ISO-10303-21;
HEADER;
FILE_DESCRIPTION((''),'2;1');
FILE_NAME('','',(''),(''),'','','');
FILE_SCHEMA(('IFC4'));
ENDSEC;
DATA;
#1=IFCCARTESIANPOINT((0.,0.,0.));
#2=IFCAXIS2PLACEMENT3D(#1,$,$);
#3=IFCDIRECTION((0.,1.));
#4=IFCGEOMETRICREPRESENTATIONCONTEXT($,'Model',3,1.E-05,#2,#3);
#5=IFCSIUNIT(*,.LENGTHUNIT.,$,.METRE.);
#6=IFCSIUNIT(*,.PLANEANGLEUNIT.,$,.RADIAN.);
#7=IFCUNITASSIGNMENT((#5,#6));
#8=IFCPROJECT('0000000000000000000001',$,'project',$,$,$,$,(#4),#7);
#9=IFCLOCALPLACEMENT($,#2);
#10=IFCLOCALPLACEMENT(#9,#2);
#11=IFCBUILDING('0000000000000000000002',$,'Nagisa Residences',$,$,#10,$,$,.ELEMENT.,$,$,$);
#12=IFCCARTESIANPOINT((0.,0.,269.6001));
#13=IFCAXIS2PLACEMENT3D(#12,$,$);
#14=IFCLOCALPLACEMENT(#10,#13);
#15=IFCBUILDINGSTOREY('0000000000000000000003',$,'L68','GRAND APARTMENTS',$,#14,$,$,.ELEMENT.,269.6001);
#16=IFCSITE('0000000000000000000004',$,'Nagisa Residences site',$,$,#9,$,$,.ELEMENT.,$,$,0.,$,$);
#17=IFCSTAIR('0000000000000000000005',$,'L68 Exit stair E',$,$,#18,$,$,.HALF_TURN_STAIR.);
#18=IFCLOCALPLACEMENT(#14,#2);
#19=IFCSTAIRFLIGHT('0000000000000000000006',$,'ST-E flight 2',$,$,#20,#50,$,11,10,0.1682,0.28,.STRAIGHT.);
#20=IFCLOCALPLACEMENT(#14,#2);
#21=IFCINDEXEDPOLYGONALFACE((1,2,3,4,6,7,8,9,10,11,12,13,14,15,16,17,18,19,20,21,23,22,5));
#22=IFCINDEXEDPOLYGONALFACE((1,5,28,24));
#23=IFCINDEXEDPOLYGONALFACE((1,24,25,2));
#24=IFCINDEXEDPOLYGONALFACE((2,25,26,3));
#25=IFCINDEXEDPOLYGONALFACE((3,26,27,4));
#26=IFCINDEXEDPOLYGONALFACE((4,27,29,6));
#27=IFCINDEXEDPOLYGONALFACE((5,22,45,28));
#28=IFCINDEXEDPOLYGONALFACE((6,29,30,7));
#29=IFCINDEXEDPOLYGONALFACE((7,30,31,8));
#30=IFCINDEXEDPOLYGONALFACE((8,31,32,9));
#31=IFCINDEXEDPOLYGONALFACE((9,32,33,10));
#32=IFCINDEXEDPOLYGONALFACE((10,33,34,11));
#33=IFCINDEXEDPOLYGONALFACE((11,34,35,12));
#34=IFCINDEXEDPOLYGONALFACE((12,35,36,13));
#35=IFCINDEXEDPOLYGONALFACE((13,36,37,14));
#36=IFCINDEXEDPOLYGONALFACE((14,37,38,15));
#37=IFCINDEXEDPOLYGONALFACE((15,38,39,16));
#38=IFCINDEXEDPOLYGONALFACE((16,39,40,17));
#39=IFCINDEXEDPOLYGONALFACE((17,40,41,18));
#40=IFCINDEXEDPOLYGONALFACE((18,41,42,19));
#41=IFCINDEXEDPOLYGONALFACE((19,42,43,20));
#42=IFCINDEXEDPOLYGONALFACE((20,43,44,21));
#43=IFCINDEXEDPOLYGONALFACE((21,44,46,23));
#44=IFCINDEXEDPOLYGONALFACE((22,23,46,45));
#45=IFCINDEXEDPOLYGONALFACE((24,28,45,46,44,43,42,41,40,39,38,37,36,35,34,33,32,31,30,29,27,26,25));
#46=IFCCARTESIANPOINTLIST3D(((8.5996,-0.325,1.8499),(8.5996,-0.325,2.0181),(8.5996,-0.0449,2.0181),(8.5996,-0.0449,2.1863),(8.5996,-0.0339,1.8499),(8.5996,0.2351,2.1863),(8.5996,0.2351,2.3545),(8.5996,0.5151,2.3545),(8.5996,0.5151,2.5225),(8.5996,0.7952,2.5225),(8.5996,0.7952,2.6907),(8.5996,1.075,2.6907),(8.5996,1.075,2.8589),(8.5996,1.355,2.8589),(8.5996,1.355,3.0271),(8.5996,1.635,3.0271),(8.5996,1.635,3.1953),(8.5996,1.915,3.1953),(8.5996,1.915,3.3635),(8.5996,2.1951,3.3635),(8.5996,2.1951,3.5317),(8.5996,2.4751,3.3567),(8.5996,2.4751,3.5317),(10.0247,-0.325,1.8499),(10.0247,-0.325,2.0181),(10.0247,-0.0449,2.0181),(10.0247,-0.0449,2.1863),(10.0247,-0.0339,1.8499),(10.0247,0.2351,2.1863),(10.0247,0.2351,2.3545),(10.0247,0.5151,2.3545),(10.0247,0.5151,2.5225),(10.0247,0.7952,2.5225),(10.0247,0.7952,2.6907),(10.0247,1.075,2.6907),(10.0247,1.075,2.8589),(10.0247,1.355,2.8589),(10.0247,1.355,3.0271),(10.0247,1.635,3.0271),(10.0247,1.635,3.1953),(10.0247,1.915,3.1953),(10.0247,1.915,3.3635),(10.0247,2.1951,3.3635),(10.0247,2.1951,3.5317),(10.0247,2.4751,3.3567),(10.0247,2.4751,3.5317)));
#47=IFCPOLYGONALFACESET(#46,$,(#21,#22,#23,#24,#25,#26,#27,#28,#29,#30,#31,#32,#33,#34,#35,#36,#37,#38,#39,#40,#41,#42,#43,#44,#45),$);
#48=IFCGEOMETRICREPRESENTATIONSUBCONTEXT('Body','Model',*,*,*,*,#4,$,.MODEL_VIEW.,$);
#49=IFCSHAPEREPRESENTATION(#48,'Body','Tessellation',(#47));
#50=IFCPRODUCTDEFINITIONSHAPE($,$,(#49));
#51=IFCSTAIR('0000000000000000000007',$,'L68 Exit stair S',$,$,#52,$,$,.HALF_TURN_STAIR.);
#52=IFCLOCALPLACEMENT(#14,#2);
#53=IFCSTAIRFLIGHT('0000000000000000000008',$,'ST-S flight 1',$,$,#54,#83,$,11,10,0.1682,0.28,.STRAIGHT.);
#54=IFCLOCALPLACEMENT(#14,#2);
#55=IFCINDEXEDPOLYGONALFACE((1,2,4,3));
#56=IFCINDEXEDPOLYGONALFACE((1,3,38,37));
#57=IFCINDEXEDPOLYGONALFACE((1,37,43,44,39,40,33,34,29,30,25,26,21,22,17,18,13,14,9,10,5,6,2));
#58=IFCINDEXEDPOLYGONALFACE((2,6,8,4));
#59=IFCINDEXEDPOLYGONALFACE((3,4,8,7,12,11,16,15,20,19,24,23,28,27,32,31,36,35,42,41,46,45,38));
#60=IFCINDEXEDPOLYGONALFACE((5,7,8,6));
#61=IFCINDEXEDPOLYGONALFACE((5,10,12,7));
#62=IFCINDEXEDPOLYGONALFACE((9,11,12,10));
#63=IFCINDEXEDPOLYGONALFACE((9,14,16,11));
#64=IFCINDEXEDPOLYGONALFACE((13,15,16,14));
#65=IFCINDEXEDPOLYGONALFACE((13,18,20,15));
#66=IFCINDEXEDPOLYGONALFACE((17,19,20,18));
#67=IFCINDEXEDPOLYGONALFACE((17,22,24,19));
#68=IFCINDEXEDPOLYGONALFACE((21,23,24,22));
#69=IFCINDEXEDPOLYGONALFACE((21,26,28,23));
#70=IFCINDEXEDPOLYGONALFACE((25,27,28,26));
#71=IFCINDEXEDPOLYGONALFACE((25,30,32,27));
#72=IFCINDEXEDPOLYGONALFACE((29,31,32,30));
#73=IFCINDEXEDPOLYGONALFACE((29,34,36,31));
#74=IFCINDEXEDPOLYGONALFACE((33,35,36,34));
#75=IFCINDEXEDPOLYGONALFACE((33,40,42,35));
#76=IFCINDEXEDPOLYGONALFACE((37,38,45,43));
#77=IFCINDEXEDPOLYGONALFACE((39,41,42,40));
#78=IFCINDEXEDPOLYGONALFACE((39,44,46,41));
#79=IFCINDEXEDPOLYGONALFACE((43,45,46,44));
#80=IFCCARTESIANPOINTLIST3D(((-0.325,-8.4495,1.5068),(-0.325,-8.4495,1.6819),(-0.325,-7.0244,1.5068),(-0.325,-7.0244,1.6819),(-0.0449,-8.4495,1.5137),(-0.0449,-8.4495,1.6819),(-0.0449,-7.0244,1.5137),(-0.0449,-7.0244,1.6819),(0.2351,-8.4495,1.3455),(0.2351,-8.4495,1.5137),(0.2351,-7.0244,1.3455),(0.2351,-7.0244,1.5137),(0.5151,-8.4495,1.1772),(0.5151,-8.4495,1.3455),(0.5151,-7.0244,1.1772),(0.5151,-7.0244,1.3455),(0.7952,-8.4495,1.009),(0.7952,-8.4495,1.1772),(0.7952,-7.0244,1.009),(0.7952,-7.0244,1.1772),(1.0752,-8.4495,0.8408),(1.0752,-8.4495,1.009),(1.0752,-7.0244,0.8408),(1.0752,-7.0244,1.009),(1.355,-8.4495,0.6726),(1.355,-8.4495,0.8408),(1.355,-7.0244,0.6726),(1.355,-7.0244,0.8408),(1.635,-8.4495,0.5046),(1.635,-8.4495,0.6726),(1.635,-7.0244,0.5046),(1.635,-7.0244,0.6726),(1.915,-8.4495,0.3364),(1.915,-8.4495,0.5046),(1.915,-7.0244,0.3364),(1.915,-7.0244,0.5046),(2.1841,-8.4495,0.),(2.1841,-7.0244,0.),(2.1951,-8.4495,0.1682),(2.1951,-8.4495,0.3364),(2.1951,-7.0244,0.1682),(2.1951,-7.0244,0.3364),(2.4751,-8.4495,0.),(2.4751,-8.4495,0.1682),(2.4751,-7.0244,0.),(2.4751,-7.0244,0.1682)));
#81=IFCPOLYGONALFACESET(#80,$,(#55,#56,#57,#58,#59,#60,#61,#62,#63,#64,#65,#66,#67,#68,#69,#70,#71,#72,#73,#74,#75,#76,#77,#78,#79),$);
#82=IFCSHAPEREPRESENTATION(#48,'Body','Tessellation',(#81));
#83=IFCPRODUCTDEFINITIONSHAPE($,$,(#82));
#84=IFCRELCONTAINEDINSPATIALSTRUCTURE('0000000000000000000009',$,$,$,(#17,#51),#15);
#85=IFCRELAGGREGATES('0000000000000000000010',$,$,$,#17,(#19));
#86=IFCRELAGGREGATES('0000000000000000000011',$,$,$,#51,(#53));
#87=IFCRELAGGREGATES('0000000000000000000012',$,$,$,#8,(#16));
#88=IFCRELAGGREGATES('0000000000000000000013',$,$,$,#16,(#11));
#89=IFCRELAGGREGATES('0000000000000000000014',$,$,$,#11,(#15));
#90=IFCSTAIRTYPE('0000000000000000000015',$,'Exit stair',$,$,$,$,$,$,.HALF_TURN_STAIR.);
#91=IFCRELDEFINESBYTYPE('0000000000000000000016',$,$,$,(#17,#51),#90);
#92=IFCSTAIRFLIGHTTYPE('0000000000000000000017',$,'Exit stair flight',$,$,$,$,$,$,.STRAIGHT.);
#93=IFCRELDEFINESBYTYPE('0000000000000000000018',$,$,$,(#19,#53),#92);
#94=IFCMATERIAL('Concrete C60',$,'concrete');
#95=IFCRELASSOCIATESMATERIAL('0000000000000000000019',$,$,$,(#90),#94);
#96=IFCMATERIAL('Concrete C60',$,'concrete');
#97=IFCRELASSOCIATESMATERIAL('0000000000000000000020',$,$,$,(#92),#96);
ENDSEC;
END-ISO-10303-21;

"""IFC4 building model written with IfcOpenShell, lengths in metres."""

from ifc_helpers import new_model, si_unit, direction, frame, origin, place, context, subcontext, project, spatial, polyline, outline, extrude, material, type_object, element, aggregate, save


model = new_model("IFC4")

# Units and contexts
model_context = context("Model", 3, precision=1e-05, world=origin(), true_north=direction((0.0, 1.0)))
body_context = subcontext(model_context, "Body", "Model", "MODEL_VIEW")
ifc_project = project(units=[si_unit("LENGTHUNIT", "METRE"), si_unit("PLANEANGLEUNIT", "RADIAN")], contexts=[model_context])

# Site, building, storey
site_placement = place(None, origin())
site = spatial("IfcSite", under=ifc_project, at=site_placement, Name="Nagisa Residences site", CompositionType="ELEMENT", RefElevation=0.0)
building_placement = place(site_placement, origin())
building = spatial("IfcBuilding", under=site, at=building_placement, Name="Nagisa Residences", CompositionType="ELEMENT")
storey_placement = place(building_placement, frame((0.0, 0.0, 269.6001)))
storey = spatial("IfcBuildingStorey", under=building, at=storey_placement, Name="L68", Description="GRAND APARTMENTS", CompositionType="ELEMENT", Elevation=269.6001)

# Stairs, stair flights
ifc_material_1 = material(Name="Concrete C60", Category="concrete")
stair_type = type_object("IfcStairType", Name="Exit stair", PredefinedType="HALF_TURN_STAIR", material=ifc_material_1)
stair_1_placement = place(storey_placement, origin())
stair_1 = element("IfcStair", 1, at=stair_1_placement, inside=storey, type_object=stair_type, Name="L68 Exit stair E", PredefinedType="HALF_TURN_STAIR")
ifc_material_2 = material(Name="Concrete C60", Category="concrete")
stair_flight_type = type_object("IfcStairFlightType", Name="Exit stair flight", PredefinedType="STRAIGHT", material=ifc_material_2)
stair_flight_1_placement = place(storey_placement, frame((9.312, -0.325, 1.8499), z_axis=(0.0, 0.0, 1.0), x_axis=(0.0, 1.0, 0.0)))
stair_flight_1 = element("IfcStairFlight", 2, at=stair_flight_1_placement, type_object=stair_flight_type, Name="ST-E flight 2", NumberOfRisers=11, NumberOfTreads=10, PredefinedType="STRAIGHT", RiserHeight=0.1682, TreadLength=0.28, context=body_context, shape_type="SweptSolid", body=[
    extrude(outline(polyline([(0.0, 0.0), (0.0, 0.1682), (0.28, 0.1682), (0.28, 0.3364), (0.5601, 0.3364), (0.5601, 0.5046), (0.8401, 0.5046), (0.8401, 0.6726), (1.1201, 0.6726), (1.1201, 0.8408), (1.3999, 0.8408), (1.3999, 1.009), (1.6799, 1.009), (1.6799, 1.1772), (1.96, 1.1772), (1.96, 1.3455), (2.24, 1.3455), (2.24, 1.5137), (2.52, 1.5137), (2.52, 1.6819), (2.8, 1.6819), (2.8, 1.8501), (2.8, 1.5068), (0.291, 0.0), (0.0, 0.0)])), frame((0.0, 0.7124, 0.0), z_axis=(0.0, -1.0, 0.0), x_axis=(1.0, 0.0, 0.0)), (0.0, 0.0, 1.0), 1.425),
])
aggregate(stair_1, [stair_flight_1])
stair_2_placement = place(storey_placement, origin())
stair_2 = element("IfcStair", 3, at=stair_2_placement, inside=storey, type_object=stair_type, Name="L68 Exit stair S", PredefinedType="HALF_TURN_STAIR")
stair_flight_2_placement = place(storey_placement, frame((2.4751, -7.7371, 0.0), z_axis=(0.0, 0.0, 1.0), x_axis=(-1.0, 0.0, 0.0)))
stair_flight_2 = element("IfcStairFlight", 4, at=stair_flight_2_placement, type_object=stair_flight_type, Name="ST-S flight 1", NumberOfRisers=11, NumberOfTreads=10, PredefinedType="STRAIGHT", RiserHeight=0.1682, TreadLength=0.28, context=body_context, shape_type="SweptSolid", body=[
    extrude(outline(polyline([(0.0, 0.0), (0.0, 0.1682), (0.28, 0.1682), (0.28, 0.3364), (0.5601, 0.3364), (0.5601, 0.5046), (0.8401, 0.5046), (0.8401, 0.6726), (1.1201, 0.6726), (1.1201, 0.8408), (1.3999, 0.8408), (1.3999, 1.009), (1.6799, 1.009), (1.6799, 1.1772), (1.96, 1.1772), (1.96, 1.3455), (2.24, 1.3455), (2.24, 1.5137), (2.52, 1.5137), (2.52, 1.6819), (2.8, 1.6819), (2.8, 1.8501), (2.8, 1.5068), (0.291, 0.0), (0.0, 0.0)])), frame((0.0, 0.7124, 0.0), z_axis=(0.0, -1.0, 0.0), x_axis=(1.0, 0.0, 0.0)), (0.0, 0.0, 1.0), 1.425),
])
aggregate(stair_2, [stair_flight_2])

save(model, "model.ifc")
